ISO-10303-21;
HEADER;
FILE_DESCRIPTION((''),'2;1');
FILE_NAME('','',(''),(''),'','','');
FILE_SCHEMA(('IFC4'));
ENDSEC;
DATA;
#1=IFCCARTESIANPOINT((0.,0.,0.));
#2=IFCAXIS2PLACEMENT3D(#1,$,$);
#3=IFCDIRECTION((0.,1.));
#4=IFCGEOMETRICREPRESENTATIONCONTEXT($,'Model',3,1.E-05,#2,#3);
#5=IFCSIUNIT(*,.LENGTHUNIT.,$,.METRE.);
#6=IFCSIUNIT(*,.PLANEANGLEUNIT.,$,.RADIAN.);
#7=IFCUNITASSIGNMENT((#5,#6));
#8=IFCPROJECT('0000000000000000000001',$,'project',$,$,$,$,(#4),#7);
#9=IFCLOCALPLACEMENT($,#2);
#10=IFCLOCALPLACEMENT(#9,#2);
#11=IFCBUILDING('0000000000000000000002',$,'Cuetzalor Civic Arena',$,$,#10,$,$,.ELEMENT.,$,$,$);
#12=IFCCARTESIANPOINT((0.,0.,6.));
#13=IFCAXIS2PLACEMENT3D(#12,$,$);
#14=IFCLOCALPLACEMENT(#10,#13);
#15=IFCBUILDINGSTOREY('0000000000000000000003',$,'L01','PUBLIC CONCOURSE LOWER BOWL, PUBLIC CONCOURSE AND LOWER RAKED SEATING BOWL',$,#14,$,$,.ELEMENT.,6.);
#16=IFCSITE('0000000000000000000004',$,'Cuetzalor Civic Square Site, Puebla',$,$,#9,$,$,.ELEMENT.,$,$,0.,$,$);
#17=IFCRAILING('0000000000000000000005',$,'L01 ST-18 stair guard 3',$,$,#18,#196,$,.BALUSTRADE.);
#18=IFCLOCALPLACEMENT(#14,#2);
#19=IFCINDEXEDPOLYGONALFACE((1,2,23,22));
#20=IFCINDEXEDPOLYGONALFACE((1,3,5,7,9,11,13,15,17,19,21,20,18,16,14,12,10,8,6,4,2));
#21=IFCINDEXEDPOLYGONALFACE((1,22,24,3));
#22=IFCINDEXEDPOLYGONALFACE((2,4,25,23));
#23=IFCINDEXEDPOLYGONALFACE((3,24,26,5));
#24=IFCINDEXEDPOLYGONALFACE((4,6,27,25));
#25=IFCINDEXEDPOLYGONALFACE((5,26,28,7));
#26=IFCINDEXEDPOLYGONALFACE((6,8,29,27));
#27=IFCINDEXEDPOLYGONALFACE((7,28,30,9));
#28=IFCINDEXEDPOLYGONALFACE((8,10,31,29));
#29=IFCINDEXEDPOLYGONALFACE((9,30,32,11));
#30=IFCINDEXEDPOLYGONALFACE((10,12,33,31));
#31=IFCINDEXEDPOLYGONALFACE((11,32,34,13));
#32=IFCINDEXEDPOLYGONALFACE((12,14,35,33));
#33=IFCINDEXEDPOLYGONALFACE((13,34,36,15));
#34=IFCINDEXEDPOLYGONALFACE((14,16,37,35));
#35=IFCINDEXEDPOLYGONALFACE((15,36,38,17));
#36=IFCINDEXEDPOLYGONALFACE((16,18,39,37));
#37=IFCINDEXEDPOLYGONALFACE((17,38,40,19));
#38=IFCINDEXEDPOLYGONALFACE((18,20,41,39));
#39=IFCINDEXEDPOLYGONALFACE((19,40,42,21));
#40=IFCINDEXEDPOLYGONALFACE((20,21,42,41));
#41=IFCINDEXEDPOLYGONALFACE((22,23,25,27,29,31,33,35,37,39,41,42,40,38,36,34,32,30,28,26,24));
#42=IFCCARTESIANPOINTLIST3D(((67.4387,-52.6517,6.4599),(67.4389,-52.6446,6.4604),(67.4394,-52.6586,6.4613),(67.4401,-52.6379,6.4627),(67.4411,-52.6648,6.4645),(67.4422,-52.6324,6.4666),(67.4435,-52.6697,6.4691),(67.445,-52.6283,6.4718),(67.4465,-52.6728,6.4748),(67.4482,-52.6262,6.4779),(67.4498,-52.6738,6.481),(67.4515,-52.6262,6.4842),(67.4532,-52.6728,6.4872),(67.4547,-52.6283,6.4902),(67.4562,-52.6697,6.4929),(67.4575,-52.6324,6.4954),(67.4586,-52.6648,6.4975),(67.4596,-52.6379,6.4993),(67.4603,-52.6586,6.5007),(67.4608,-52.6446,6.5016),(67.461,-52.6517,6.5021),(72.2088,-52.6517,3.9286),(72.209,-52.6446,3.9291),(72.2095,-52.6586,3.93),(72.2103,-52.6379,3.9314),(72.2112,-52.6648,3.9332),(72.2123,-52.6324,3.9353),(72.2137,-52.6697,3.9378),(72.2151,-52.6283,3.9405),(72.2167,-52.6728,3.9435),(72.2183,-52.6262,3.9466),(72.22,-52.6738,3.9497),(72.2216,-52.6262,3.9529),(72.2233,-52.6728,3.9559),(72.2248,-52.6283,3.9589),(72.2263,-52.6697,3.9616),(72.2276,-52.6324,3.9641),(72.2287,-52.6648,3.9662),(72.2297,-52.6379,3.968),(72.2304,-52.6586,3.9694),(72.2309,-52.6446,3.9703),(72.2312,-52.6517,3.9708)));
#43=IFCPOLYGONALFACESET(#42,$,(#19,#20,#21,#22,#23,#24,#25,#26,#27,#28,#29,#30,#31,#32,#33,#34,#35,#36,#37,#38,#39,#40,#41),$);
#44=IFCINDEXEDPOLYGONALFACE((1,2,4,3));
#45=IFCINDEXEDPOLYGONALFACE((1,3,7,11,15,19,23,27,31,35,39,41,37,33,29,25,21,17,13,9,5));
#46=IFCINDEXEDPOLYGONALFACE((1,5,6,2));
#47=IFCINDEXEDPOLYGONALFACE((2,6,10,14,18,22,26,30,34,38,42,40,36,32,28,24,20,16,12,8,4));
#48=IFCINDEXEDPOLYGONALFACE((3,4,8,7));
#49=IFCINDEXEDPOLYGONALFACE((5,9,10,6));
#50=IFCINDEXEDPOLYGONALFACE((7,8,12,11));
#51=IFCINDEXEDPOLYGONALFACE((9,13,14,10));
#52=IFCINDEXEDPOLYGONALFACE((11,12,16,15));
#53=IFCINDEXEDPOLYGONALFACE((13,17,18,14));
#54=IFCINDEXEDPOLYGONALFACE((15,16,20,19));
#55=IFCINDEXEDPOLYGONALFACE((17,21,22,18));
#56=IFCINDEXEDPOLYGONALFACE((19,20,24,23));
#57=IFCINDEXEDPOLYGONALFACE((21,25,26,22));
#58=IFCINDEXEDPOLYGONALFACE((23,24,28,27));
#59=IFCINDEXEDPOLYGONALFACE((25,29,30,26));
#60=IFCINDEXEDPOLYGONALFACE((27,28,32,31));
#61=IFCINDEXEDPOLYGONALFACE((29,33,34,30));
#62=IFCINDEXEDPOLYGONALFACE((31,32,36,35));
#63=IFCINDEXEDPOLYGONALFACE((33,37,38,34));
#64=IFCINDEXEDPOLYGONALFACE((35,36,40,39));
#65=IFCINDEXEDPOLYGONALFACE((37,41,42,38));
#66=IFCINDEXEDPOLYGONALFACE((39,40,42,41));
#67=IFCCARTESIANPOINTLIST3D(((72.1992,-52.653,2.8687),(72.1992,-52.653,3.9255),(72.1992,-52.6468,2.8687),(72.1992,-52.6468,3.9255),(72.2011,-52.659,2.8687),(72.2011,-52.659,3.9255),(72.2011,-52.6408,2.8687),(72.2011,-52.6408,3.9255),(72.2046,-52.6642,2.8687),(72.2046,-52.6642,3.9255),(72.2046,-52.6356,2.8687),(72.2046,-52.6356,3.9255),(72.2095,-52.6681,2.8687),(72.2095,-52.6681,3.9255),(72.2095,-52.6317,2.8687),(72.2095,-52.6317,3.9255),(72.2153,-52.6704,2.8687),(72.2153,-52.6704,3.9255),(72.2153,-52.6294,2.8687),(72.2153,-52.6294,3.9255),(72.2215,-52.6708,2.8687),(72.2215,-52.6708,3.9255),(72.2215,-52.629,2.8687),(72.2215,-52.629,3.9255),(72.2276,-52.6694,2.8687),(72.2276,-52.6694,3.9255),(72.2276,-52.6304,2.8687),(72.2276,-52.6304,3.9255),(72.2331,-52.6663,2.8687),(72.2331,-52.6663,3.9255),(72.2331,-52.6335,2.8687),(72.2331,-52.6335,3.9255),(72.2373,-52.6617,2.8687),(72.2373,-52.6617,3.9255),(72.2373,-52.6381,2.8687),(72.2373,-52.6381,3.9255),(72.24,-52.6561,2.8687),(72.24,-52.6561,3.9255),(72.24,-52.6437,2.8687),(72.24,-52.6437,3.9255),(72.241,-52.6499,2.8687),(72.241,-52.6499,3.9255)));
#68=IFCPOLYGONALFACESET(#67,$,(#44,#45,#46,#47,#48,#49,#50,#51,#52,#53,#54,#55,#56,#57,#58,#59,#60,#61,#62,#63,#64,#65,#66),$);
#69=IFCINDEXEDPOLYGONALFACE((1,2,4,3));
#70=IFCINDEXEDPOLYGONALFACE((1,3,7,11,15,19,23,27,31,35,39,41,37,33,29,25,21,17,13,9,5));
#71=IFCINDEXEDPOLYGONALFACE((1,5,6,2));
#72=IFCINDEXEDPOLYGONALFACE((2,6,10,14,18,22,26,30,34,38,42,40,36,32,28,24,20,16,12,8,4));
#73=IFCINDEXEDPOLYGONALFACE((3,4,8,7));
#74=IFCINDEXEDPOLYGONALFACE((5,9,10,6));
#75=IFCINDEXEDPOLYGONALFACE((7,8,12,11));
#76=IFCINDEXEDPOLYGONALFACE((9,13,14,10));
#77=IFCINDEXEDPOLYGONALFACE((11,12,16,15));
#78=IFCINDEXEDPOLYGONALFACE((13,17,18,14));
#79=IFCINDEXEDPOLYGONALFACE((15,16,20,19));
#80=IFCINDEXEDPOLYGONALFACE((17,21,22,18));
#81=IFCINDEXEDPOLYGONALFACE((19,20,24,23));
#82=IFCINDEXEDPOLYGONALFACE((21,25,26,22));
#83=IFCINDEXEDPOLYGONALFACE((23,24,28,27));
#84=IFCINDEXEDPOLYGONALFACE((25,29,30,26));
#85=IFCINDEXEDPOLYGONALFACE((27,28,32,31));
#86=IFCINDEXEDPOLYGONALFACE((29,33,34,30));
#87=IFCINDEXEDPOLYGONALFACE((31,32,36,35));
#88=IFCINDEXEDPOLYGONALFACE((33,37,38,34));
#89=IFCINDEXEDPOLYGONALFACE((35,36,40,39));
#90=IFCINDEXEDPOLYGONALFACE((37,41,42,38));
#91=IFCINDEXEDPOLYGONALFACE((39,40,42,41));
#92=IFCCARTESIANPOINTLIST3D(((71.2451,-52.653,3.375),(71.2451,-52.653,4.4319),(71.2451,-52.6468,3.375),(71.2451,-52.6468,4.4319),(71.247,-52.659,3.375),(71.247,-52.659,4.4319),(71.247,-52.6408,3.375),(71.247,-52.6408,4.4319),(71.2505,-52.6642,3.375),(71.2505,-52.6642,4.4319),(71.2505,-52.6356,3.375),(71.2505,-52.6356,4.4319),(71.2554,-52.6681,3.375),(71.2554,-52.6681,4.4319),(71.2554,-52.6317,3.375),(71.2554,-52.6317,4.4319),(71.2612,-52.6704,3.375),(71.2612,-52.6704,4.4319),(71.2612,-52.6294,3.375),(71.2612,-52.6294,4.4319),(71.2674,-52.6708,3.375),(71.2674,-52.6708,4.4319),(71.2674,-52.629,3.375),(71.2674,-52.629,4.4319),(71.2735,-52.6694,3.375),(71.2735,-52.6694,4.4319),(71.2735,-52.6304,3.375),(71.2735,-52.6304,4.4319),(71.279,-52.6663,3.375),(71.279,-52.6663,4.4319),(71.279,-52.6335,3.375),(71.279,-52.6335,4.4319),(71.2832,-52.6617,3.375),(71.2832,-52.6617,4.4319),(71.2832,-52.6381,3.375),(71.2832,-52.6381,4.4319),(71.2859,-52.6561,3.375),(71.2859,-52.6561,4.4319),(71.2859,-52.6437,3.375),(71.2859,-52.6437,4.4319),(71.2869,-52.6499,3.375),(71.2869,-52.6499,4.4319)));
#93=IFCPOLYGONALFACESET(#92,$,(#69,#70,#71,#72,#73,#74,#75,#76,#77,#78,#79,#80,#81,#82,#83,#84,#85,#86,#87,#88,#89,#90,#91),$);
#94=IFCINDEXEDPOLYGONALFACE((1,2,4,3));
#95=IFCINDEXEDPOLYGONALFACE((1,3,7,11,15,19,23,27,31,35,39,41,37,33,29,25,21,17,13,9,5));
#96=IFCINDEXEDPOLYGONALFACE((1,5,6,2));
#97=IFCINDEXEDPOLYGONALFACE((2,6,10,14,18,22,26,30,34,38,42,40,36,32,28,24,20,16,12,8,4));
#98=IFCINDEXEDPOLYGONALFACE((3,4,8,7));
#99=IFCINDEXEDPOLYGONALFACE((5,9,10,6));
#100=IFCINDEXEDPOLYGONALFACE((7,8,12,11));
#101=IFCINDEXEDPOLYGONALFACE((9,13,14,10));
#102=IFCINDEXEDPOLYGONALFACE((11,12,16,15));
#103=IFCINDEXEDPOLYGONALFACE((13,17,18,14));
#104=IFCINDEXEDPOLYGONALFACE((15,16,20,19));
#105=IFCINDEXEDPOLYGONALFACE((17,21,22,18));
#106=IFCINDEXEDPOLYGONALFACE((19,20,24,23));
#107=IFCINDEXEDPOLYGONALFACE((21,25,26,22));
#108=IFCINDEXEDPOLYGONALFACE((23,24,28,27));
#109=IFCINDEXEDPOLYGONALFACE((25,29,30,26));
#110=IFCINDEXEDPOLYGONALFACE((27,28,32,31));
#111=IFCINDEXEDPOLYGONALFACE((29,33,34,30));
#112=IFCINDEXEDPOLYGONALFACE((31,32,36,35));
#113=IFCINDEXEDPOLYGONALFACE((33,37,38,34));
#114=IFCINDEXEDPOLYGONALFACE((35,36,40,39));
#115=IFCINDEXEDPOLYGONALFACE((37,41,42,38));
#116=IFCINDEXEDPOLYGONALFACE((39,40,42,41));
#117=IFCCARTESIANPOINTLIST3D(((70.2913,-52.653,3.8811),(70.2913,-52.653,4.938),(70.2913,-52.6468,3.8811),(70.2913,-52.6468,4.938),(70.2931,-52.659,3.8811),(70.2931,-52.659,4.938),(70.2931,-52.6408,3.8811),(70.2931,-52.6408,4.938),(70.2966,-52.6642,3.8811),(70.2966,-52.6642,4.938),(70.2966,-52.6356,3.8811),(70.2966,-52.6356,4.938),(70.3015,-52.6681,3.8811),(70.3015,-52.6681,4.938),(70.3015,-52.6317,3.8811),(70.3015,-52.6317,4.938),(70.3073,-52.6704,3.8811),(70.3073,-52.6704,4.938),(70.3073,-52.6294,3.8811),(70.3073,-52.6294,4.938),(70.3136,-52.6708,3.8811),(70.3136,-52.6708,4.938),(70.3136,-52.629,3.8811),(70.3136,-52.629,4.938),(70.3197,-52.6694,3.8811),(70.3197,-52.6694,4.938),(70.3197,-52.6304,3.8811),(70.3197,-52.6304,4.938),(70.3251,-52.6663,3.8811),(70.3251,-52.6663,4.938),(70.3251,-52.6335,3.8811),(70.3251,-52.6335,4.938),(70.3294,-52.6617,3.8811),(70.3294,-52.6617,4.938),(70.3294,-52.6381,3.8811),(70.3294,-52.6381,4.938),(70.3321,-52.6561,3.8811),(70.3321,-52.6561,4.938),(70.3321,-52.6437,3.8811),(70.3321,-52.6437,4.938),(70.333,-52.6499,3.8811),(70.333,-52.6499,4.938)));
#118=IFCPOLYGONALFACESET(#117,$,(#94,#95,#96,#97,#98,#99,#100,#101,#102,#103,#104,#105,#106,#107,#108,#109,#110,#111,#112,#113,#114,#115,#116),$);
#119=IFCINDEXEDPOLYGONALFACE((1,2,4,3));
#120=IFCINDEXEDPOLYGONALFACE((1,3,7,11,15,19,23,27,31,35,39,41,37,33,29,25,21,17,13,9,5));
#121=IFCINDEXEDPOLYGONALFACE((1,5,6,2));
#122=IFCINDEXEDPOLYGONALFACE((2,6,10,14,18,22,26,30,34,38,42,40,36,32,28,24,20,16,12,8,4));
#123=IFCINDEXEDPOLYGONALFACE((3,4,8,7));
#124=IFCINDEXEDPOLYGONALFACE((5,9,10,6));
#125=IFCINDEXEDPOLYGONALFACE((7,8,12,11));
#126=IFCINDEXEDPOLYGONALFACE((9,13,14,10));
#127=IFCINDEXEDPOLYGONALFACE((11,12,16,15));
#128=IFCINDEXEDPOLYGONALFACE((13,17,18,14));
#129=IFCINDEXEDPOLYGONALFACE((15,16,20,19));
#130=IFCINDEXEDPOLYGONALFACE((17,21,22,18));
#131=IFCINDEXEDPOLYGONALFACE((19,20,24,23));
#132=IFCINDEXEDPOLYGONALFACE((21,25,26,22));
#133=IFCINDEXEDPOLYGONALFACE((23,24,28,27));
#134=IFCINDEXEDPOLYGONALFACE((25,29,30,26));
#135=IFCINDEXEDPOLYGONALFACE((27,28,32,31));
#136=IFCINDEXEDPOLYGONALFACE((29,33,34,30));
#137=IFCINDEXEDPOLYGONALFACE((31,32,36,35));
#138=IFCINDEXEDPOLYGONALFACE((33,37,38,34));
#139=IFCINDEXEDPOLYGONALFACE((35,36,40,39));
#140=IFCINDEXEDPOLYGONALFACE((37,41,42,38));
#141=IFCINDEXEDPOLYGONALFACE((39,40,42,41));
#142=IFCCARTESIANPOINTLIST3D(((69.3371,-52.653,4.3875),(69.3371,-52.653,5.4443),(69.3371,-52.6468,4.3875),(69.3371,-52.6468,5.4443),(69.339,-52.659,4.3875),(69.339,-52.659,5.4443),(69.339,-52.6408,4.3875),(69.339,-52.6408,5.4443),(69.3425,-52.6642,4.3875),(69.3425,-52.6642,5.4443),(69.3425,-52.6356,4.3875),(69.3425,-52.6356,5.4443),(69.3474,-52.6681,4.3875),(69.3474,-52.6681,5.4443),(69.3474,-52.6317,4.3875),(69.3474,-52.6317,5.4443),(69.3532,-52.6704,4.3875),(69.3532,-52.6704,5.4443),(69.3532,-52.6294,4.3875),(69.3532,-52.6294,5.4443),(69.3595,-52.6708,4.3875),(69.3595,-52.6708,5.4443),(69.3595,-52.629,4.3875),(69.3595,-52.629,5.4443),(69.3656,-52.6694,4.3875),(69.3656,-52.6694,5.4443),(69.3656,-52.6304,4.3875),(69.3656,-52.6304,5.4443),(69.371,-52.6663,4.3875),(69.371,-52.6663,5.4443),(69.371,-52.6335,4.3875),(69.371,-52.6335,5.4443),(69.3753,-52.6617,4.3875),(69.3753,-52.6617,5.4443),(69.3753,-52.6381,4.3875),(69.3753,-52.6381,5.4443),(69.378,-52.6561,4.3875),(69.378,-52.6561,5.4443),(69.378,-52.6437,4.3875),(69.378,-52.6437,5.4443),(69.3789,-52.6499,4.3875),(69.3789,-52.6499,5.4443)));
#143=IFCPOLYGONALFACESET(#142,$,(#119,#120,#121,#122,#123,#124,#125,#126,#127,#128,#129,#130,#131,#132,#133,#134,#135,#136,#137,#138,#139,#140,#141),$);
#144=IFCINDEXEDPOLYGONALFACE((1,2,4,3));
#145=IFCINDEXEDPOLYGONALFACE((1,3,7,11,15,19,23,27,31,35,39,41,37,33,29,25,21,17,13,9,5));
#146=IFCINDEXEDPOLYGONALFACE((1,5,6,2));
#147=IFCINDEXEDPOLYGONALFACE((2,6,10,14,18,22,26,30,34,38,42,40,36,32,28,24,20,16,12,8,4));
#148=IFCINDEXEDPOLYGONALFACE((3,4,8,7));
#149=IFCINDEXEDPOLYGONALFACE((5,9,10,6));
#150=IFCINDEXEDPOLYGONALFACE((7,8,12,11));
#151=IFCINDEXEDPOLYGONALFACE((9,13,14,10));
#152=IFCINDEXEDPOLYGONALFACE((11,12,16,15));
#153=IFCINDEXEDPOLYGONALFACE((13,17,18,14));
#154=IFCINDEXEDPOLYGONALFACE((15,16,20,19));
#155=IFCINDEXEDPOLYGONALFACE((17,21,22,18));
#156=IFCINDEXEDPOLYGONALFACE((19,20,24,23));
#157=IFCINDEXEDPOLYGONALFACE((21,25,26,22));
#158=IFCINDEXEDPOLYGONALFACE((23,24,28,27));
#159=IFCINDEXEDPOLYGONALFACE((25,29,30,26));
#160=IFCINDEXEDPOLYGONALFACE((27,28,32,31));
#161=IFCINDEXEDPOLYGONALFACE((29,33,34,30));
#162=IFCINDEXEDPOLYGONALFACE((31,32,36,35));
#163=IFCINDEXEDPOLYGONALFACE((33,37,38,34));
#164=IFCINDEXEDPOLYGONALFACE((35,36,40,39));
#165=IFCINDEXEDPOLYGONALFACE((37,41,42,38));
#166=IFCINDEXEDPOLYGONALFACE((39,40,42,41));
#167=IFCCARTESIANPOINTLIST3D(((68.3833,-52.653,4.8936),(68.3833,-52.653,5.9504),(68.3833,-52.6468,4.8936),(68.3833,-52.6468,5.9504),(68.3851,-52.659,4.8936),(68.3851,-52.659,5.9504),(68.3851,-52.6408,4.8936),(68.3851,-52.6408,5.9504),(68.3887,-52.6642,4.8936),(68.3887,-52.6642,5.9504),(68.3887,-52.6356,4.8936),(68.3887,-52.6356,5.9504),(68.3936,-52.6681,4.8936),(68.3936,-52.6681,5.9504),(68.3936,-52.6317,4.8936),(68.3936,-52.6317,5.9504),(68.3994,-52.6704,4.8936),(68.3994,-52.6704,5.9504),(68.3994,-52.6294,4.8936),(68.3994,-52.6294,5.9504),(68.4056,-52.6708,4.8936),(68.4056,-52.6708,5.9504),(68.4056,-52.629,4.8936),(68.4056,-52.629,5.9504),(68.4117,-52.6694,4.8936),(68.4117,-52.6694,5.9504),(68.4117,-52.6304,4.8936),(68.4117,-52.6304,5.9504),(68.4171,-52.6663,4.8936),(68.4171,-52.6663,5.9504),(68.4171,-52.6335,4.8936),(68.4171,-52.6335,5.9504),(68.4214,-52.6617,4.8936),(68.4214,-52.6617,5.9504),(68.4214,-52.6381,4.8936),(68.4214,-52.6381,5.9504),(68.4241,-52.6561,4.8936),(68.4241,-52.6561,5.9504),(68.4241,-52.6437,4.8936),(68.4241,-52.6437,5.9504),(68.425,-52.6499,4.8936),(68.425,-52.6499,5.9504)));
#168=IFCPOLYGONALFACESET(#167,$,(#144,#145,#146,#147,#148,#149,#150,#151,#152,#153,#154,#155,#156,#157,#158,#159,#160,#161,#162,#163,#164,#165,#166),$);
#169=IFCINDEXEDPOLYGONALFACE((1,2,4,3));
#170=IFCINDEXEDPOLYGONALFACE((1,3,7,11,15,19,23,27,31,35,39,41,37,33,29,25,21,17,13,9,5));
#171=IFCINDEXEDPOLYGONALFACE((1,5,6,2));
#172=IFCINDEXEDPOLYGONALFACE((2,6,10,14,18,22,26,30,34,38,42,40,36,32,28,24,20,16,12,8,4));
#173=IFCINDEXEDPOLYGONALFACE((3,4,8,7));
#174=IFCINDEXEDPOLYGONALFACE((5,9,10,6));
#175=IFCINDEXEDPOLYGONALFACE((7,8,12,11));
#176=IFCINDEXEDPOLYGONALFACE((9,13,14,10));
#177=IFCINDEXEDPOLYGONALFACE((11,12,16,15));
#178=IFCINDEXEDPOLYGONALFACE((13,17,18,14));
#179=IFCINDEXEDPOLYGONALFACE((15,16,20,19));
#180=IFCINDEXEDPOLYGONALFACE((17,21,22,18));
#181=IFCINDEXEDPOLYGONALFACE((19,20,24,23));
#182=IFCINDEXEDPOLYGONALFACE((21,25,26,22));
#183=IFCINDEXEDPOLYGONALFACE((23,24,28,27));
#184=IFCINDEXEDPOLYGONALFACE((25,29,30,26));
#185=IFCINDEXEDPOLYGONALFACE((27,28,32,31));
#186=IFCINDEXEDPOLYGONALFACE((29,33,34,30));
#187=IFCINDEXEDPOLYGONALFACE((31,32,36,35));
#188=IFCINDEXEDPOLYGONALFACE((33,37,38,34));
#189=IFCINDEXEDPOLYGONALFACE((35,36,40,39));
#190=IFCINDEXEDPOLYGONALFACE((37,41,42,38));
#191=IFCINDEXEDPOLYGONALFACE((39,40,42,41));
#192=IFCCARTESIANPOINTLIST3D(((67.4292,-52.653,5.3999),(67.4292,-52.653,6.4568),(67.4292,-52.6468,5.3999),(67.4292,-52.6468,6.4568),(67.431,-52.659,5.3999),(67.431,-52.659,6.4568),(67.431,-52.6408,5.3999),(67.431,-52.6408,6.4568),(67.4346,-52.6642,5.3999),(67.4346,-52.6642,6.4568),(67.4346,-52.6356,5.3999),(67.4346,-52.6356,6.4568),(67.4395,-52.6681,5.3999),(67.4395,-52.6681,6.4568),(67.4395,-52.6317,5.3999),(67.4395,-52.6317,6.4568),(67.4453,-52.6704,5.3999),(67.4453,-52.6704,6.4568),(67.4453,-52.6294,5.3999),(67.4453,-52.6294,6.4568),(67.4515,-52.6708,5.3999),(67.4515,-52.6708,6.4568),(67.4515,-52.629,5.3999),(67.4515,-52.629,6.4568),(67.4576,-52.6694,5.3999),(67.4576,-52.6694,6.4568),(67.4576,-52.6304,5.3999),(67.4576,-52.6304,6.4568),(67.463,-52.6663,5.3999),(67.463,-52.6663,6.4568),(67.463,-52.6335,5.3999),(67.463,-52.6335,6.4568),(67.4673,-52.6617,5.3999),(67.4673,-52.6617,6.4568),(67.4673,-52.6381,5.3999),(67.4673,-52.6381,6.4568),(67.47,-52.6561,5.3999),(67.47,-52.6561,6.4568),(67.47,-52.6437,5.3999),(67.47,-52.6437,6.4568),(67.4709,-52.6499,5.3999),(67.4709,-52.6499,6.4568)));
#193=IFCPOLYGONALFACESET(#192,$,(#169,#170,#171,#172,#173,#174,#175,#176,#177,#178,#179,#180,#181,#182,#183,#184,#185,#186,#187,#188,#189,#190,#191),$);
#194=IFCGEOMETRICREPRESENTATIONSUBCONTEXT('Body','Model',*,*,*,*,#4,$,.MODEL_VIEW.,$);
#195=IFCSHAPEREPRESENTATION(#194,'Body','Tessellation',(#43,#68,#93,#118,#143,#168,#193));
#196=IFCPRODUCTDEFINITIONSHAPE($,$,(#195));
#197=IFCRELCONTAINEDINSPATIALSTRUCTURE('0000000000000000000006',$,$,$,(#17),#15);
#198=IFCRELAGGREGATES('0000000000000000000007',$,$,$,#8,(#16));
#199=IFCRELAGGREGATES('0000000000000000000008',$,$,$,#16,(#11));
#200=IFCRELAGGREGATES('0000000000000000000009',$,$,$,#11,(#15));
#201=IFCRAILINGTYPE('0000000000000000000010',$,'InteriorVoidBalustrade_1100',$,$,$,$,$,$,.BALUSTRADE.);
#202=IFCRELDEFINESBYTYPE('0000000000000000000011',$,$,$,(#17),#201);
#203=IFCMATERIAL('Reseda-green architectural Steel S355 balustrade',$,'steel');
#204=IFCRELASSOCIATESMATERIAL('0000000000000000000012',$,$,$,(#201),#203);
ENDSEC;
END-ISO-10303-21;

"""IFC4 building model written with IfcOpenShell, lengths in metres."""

from ifc_helpers import new_model, si_unit, direction, frame, origin, origin_2d, place, context, subcontext, project, spatial, circle, extrude, material, type_object, element, save


model = new_model("IFC4")

# Units and contexts
model_context = context("Model", 3, precision=1e-05, world=origin(), true_north=direction((0.0, 1.0)))
body_context = subcontext(model_context, "Body", "Model", "MODEL_VIEW")
ifc_project = project(units=[si_unit("LENGTHUNIT", "METRE"), si_unit("PLANEANGLEUNIT", "RADIAN")], contexts=[model_context])

# Site, building, storey
site_placement = place(None, origin())
site = spatial("IfcSite", under=ifc_project, at=site_placement, Name="Cuetzalor Civic Square Site, Puebla", CompositionType="ELEMENT", RefElevation=0.0)
building_placement = place(site_placement, origin())
building = spatial("IfcBuilding", under=site, at=building_placement, Name="Cuetzalor Civic Arena", CompositionType="ELEMENT")
storey_placement = place(building_placement, frame((0.0, 0.0, 6.0)))
storey = spatial("IfcBuildingStorey", under=building, at=storey_placement, Name="L01", Description="PUBLIC CONCOURSE LOWER BOWL, PUBLIC CONCOURSE AND LOWER RAKED SEATING BOWL", CompositionType="ELEMENT", Elevation=6.0)

# Railing
ifc_material_1 = material(Name="Reseda-green architectural Steel S355 balustrade", Category="steel")
railing_type_1 = type_object("IfcRailingType", Name="InteriorVoidBalustrade_1100", PredefinedType="BALUSTRADE", material=ifc_material_1)
railing_1_placement = place(storey_placement, frame((72.22, -52.6499, 2.8687)))
element("IfcRailing", 1, at=railing_1_placement, inside=storey, type_object=railing_type_1, Name="L01 ST-18 stair guard 3", PredefinedType="BALUSTRADE", context=body_context, shape_type="SweptSolid", body=[
    extrude(circle(Radius=0.0239, at=origin_2d()), frame((0.0, 0.0, 1.0811), z_axis=(-0.883332, 0.0, 0.468747), x_axis=(0.0, -1.0, 0.0)), (0.0, 0.0, 1.0), 5.4001),
    extrude(circle(Radius=0.021, at=origin_2d()), origin(), (0.0, 0.0, 1.0), 1.0569),
    extrude(circle(Radius=0.021, at=origin_2d()), frame((-0.9541, 0.0, 0.5063)), (0.0, 0.0, 1.0), 1.0569),
    extrude(circle(Radius=0.021, at=origin_2d()), frame((-1.908, 0.0, 1.0125)), (0.0, 0.0, 1.0), 1.0569),
    extrude(circle(Radius=0.021, at=origin_2d()), frame((-2.8621, 0.0, 1.5188)), (0.0, 0.0, 1.0), 1.0569),
    extrude(circle(Radius=0.021, at=origin_2d()), frame((-3.8159, 0.0, 2.0249)), (0.0, 0.0, 1.0), 1.0569),
    extrude(circle(Radius=0.021, at=origin_2d()), frame((-4.77, 0.0, 2.5312)), (0.0, 0.0, 1.0), 1.0569),
])

save(model, "model.ifc")
